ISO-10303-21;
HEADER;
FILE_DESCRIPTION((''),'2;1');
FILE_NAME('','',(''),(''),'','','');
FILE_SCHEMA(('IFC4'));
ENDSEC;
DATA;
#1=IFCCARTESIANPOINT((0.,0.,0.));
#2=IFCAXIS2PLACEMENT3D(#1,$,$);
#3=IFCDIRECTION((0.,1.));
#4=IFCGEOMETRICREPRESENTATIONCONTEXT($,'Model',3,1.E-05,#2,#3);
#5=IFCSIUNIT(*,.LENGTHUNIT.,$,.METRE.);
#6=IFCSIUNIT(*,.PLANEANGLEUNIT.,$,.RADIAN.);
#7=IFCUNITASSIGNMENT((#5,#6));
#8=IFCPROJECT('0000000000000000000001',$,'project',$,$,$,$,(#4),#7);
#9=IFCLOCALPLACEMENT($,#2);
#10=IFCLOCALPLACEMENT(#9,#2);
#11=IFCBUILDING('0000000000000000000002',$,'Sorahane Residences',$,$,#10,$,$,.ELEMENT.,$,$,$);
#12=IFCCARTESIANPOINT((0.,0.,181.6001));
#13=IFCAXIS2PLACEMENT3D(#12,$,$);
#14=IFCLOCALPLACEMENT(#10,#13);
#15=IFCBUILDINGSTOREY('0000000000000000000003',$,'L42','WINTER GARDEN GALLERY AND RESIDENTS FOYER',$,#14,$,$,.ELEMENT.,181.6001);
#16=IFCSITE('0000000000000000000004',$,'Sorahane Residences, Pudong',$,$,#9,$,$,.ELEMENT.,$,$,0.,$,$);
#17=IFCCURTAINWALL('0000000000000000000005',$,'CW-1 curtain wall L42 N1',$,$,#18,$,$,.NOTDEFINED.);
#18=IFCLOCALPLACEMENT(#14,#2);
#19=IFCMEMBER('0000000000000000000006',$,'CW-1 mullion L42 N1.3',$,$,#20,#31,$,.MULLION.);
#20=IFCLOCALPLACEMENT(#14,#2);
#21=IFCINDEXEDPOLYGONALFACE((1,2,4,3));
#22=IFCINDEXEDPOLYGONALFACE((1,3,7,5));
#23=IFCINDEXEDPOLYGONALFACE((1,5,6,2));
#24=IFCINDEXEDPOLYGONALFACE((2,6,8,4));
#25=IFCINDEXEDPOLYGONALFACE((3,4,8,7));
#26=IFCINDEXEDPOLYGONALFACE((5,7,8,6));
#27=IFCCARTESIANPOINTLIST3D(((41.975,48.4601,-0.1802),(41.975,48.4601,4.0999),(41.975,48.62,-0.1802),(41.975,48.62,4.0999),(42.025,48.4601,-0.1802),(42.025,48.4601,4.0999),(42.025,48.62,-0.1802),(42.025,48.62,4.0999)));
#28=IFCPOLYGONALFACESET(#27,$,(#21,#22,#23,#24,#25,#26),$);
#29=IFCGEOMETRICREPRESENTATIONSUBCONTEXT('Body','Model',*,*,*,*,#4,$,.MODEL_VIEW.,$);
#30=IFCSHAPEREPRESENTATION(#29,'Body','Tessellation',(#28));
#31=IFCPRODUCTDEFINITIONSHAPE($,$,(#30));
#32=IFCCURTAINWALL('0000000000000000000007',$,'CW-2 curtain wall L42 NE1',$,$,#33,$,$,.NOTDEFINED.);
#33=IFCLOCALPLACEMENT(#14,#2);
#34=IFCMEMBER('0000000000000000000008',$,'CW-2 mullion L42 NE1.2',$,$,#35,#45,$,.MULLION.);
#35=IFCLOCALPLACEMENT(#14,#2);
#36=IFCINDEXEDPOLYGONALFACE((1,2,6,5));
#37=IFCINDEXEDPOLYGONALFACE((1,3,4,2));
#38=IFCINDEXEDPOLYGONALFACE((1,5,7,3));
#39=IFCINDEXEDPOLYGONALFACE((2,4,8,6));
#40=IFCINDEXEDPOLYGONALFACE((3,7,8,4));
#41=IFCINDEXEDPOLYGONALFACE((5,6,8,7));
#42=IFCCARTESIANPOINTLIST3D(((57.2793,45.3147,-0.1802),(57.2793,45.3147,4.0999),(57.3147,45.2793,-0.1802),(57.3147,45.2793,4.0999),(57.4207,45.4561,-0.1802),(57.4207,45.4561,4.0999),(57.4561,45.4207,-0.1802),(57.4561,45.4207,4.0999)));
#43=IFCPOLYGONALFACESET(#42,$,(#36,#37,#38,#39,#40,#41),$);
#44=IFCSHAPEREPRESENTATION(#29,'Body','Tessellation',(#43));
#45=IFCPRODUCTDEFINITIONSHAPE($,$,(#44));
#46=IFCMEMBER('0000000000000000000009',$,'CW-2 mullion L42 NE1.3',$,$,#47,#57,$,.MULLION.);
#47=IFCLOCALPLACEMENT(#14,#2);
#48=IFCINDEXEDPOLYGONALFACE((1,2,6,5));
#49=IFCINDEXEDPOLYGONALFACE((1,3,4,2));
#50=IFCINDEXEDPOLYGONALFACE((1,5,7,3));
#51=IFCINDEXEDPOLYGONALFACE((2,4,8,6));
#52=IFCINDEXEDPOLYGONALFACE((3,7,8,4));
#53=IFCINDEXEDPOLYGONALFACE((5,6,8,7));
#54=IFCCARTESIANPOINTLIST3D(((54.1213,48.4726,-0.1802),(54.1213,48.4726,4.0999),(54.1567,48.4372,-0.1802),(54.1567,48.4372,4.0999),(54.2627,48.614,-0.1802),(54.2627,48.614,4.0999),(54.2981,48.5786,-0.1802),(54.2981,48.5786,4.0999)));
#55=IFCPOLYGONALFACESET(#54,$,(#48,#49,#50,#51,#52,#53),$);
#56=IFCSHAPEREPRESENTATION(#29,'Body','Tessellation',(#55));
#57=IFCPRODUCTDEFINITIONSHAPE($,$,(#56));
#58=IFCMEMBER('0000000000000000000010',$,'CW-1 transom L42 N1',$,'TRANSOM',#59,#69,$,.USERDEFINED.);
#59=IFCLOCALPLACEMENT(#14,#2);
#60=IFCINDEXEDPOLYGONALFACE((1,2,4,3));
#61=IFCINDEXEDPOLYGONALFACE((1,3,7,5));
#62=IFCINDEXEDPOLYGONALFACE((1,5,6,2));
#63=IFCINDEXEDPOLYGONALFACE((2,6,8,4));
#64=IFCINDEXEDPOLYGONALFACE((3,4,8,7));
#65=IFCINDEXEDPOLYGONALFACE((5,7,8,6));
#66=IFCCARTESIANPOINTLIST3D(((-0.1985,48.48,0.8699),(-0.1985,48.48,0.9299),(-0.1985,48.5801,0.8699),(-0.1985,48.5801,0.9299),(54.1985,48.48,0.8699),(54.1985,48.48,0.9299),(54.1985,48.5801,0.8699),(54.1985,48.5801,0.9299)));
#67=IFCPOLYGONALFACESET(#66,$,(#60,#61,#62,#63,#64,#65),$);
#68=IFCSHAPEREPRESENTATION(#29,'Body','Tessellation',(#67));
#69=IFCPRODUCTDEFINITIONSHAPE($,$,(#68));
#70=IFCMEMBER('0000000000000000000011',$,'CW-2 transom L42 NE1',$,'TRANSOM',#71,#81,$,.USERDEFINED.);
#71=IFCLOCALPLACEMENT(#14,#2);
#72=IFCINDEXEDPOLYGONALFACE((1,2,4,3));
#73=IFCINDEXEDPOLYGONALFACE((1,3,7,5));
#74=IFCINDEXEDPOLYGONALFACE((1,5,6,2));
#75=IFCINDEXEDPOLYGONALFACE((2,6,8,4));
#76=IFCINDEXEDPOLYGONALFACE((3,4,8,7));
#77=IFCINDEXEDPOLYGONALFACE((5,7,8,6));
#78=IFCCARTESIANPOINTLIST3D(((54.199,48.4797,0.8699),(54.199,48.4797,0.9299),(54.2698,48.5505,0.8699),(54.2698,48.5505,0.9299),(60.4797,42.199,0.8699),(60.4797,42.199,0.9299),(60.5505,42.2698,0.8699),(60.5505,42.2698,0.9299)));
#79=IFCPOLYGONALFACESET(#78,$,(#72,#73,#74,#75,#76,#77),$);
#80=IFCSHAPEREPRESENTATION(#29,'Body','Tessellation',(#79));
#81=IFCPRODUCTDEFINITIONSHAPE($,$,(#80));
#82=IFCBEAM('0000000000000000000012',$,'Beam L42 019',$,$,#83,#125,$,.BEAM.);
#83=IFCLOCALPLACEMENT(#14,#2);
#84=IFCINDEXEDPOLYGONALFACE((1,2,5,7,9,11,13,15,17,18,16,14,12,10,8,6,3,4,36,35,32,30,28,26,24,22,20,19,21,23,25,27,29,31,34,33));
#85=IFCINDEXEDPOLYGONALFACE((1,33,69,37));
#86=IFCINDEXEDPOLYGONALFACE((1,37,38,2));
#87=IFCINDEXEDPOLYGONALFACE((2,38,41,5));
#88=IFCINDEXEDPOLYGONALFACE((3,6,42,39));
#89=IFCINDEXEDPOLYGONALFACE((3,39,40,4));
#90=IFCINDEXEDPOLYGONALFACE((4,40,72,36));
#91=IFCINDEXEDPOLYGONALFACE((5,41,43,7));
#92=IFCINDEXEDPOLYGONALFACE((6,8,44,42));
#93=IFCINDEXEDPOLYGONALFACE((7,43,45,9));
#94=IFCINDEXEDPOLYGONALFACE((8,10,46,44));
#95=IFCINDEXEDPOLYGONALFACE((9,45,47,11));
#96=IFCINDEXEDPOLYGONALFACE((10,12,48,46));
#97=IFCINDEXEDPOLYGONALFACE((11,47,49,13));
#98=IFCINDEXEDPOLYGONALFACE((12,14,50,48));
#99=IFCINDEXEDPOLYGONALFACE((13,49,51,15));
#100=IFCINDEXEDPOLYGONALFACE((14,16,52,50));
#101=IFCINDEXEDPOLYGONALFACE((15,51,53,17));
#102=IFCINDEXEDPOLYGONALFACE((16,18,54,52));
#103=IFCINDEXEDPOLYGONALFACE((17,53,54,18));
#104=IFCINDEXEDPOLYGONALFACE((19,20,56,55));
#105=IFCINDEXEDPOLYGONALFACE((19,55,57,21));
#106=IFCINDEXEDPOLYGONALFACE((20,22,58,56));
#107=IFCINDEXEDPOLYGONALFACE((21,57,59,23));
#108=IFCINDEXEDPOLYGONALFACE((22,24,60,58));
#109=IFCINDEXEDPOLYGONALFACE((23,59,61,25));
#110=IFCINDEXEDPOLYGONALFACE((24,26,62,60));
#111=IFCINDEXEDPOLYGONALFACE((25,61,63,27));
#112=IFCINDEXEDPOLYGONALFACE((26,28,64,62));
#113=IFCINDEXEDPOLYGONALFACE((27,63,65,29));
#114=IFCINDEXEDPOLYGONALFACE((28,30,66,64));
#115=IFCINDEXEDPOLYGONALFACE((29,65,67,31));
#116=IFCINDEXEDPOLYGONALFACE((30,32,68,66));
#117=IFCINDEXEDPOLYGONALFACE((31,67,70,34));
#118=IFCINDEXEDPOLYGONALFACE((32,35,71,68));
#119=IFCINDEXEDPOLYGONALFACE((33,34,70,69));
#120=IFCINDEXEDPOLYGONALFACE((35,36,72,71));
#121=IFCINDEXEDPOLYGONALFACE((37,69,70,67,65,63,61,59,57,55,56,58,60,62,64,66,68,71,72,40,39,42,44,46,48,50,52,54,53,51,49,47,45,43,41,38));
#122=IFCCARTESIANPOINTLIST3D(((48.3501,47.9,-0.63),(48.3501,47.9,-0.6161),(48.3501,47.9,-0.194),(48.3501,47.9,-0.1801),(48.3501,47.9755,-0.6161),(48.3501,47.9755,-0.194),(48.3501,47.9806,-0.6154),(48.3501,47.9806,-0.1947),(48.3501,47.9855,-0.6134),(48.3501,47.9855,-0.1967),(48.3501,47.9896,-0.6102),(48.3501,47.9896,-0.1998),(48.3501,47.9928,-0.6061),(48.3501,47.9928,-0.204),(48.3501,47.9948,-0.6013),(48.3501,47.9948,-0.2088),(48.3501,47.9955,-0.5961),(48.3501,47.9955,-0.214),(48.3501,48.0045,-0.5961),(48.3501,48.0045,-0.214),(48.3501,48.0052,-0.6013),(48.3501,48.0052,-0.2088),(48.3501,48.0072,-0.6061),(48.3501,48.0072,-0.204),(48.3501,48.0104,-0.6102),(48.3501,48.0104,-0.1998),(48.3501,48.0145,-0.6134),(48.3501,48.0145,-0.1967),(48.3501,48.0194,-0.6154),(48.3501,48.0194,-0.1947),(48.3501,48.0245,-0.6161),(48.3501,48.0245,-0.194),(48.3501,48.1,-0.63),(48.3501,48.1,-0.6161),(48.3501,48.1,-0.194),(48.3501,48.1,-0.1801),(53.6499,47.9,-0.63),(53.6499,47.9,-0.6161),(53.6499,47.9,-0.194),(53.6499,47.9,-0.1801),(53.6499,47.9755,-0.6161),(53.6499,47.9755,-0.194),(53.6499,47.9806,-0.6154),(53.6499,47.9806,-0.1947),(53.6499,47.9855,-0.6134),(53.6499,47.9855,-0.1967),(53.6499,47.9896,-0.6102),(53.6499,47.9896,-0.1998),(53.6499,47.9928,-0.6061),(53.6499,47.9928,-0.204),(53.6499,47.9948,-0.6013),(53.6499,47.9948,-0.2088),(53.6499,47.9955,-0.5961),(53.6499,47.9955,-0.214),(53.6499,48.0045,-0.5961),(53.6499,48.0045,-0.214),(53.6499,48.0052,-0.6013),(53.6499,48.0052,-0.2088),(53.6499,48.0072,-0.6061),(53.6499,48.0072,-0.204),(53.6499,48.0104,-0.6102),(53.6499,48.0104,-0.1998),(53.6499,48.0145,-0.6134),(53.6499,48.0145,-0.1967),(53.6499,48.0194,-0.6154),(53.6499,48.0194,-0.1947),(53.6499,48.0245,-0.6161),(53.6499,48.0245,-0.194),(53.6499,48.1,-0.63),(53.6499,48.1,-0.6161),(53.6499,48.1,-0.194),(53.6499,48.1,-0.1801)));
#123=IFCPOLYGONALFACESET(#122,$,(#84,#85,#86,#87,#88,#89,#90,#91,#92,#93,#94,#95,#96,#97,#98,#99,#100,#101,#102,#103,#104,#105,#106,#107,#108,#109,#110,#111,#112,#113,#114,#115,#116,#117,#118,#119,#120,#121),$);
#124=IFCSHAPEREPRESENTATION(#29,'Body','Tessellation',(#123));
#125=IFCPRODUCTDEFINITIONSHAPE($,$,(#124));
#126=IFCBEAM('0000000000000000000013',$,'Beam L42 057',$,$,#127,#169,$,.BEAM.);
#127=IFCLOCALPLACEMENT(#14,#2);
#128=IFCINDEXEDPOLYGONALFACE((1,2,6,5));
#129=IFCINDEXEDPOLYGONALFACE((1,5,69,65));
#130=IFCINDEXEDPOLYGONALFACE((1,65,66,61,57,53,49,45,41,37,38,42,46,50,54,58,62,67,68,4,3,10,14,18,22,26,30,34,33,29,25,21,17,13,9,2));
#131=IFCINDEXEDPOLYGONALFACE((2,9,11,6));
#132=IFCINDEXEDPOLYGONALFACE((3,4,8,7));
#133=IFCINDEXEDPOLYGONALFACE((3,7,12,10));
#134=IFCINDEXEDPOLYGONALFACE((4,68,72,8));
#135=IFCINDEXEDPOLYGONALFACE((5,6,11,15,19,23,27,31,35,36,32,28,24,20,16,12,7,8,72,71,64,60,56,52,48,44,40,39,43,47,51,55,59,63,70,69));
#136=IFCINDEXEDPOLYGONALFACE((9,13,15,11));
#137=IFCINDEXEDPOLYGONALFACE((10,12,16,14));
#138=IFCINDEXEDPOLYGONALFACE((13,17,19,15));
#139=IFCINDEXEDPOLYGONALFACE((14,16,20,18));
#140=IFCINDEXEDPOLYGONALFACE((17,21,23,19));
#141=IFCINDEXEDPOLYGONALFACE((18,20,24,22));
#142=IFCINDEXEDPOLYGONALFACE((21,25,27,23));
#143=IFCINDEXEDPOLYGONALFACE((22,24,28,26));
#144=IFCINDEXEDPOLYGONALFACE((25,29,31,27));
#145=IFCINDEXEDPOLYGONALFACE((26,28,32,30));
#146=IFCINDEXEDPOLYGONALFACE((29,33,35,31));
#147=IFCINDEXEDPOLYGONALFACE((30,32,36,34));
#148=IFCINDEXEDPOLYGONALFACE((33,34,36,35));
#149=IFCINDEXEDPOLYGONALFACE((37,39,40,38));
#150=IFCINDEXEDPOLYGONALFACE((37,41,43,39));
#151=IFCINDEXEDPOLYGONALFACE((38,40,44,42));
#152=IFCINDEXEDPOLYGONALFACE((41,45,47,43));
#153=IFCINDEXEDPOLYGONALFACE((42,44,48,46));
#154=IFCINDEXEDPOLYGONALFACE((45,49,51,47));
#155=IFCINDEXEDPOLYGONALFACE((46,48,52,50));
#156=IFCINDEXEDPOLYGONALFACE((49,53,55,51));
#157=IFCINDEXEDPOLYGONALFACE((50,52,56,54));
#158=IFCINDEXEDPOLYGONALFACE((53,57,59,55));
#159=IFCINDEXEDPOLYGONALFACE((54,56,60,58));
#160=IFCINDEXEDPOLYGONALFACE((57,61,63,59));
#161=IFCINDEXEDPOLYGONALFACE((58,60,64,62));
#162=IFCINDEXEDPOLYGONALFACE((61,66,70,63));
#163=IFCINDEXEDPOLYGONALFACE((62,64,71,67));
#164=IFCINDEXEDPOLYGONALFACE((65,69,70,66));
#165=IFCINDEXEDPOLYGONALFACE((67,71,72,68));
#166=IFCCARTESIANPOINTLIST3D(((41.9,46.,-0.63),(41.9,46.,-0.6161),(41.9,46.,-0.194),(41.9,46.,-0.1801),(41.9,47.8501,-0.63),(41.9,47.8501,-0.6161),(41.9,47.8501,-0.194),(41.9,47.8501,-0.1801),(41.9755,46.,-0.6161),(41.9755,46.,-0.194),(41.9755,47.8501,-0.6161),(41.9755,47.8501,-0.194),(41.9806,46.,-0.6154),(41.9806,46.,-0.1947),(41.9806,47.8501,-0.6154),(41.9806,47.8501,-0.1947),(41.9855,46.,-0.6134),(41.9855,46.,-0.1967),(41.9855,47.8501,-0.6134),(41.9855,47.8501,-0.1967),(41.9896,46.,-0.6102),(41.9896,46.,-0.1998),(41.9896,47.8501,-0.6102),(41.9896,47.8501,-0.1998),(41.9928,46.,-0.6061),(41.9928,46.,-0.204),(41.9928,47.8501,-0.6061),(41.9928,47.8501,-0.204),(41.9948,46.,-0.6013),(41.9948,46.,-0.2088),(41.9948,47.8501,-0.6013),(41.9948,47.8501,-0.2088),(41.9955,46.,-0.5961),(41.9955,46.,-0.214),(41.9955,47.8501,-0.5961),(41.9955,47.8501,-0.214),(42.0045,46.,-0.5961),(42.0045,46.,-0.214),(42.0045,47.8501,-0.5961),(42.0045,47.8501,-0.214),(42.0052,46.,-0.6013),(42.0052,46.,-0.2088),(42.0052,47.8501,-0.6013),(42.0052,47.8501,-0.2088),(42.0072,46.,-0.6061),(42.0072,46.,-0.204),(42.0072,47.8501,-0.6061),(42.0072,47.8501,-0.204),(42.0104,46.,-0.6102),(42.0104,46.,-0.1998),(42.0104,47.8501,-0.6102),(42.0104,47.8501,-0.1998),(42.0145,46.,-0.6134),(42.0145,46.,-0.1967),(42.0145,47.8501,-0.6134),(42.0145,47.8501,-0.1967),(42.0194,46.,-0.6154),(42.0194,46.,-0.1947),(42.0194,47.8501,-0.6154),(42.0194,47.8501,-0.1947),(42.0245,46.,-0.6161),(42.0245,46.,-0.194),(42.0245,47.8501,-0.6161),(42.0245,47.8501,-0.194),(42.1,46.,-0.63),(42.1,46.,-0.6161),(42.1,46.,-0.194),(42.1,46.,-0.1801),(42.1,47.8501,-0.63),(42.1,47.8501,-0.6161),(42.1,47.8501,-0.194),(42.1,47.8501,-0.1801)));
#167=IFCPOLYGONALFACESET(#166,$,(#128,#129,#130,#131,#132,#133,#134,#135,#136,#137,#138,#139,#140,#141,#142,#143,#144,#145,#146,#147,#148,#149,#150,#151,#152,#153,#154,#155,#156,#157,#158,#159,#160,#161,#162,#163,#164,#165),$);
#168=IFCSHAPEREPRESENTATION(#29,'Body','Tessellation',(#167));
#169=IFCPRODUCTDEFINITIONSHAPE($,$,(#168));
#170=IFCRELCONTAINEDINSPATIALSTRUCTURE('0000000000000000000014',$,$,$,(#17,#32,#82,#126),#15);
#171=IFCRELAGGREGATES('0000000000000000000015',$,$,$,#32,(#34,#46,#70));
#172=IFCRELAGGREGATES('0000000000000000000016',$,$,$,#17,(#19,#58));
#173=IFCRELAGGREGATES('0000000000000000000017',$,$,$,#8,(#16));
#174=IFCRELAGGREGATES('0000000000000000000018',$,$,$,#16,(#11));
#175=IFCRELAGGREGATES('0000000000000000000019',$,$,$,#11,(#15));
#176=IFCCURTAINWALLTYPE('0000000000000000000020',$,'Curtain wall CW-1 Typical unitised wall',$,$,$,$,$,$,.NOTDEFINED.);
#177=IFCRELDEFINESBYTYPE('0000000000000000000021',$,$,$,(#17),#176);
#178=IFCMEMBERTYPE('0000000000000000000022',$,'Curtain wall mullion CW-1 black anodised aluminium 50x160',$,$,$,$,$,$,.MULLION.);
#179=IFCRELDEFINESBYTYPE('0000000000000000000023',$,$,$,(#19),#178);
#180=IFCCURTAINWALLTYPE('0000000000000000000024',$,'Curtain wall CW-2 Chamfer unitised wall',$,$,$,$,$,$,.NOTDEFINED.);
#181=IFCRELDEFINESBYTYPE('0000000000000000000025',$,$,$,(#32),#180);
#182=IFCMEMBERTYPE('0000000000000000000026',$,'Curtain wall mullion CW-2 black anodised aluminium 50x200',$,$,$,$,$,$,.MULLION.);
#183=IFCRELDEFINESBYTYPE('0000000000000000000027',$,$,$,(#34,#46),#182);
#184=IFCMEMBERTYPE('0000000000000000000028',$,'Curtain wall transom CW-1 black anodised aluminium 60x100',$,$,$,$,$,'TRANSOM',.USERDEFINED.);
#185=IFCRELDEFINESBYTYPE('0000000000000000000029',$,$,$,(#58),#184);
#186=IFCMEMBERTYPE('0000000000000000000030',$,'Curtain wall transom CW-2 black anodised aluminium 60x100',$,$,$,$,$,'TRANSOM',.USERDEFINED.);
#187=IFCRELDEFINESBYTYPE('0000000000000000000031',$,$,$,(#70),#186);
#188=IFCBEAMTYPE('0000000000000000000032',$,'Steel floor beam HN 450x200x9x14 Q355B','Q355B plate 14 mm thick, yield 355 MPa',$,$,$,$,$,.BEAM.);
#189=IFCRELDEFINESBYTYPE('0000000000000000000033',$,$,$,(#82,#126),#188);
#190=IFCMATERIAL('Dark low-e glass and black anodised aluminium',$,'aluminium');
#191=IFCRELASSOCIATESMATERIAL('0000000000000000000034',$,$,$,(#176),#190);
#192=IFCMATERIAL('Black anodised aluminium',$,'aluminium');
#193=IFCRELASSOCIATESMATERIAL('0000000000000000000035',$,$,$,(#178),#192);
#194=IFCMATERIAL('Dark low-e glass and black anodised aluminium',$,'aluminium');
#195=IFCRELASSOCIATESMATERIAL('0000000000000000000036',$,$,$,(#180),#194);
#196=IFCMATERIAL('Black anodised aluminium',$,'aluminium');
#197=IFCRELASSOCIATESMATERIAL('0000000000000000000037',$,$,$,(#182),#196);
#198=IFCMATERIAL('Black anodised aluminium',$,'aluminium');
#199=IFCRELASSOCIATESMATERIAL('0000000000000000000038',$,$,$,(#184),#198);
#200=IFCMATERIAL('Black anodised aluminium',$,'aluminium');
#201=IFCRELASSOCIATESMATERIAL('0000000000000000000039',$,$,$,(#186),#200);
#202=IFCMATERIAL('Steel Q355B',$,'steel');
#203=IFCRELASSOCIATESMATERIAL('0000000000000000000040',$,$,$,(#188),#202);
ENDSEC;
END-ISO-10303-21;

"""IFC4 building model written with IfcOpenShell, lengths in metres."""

from ifc_helpers import new_model, si_unit, direction, frame, origin, origin_2d, place, context, subcontext, project, spatial, rectangle, i_section, extrude, material, material_profile, profile_set, type_object, element, aggregate, save


model = new_model("IFC4")

# Units and contexts
model_context = context("Model", 3, precision=1e-05, world=origin(), true_north=direction((0.0, 1.0)))
body_context = subcontext(model_context, "Body", "Model", "MODEL_VIEW")
ifc_project = project(units=[si_unit("LENGTHUNIT", "METRE"), si_unit("PLANEANGLEUNIT", "RADIAN")], contexts=[model_context])

# Site, building, storey
site_placement = place(None, origin())
site = spatial("IfcSite", under=ifc_project, at=site_placement, Name="Sorahane Residences, Pudong", CompositionType="ELEMENT", RefElevation=0.0)
building_placement = place(site_placement, origin())
building = spatial("IfcBuilding", under=site, at=building_placement, Name="Sorahane Residences", CompositionType="ELEMENT")
storey_placement = place(building_placement, frame((0.0, 0.0, 181.6001)))
storey = spatial("IfcBuildingStorey", under=building, at=storey_placement, Name="L42", Description="WINTER GARDEN GALLERY AND RESIDENTS FOYER", CompositionType="ELEMENT", Elevation=181.6001)

# Shared definitions
ifc_material_1 = material(Name="Dark low-e glass and black anodised aluminium", Category="aluminium")
curtain_wall_type_1 = type_object("IfcCurtainWallType", Name="Curtain wall CW-1 Typical unitised wall", PredefinedType="NOTDEFINED", material=ifc_material_1)
ifc_material_2 = material(Name="Black anodised aluminium", Category="aluminium")
ifc_material_profile_1 = material_profile(ifc_material_2, rectangle(XDim=0.1599, YDim=0.05, at=origin_2d()), Name="Curtain wall mullion CW-1 black anodised aluminium 50x160")
ifc_profile_set_1 = profile_set([ifc_material_profile_1], Name="Black anodised aluminium")
member_type_1 = type_object("IfcMemberType", Name="Curtain wall mullion CW-1 black anodised aluminium 50x160", PredefinedType="MULLION", material=ifc_profile_set_1)

# Curtain walls, members
curtain_wall_1_placement = place(storey_placement, origin())
curtain_wall_1 = element("IfcCurtainWall", 1, at=curtain_wall_1_placement, inside=storey, type_object=curtain_wall_type_1, Name="CW-1 curtain wall L42 N1", PredefinedType="NOTDEFINED")
member_1_placement = place(storey_placement, frame((42.0, 48.54, -0.1802), z_axis=(0.0, 0.0, 1.0), x_axis=(0.0, 1.0, 0.0)))
member_1 = element("IfcMember", 2, at=member_1_placement, type_object=member_type_1, Name="CW-1 mullion L42 N1.3", PredefinedType="MULLION", context=body_context, shape_type="SweptSolid", body=[
    extrude(rectangle(XDim=0.1599, YDim=0.05, at=origin_2d()), origin(), (0.0, 0.0, 1.0), 4.28),
])
ifc_material_3 = material(Name="Dark low-e glass and black anodised aluminium", Category="aluminium")
curtain_wall_type_2 = type_object("IfcCurtainWallType", Name="Curtain wall CW-2 Chamfer unitised wall", PredefinedType="NOTDEFINED", material=ifc_material_3)
curtain_wall_2_placement = place(storey_placement, origin())
curtain_wall_2 = element("IfcCurtainWall", 3, at=curtain_wall_2_placement, inside=storey, type_object=curtain_wall_type_2, Name="CW-2 curtain wall L42 NE1", PredefinedType="NOTDEFINED")
ifc_material_4 = material(Name="Black anodised aluminium", Category="aluminium")
ifc_material_profile_2 = material_profile(ifc_material_4, rectangle(XDim=0.2, YDim=0.05, at=origin_2d()), Name="Curtain wall mullion CW-2 black anodised aluminium 50x200")
ifc_profile_set_2 = profile_set([ifc_material_profile_2], Name="Black anodised aluminium")
member_type_2 = type_object("IfcMemberType", Name="Curtain wall mullion CW-2 black anodised aluminium 50x200", PredefinedType="MULLION", material=ifc_profile_set_2)
member_2_placement = place(storey_placement, frame((57.3677, 45.3677, -0.1802), z_axis=(0.0, 0.0, 1.0), x_axis=(0.707107, 0.707107, 0.0)))
member_2 = element("IfcMember", 4, at=member_2_placement, type_object=member_type_2, Name="CW-2 mullion L42 NE1.2", PredefinedType="MULLION", context=body_context, shape_type="SweptSolid", body=[
    extrude(rectangle(XDim=0.2, YDim=0.05, at=origin_2d()), origin(), (0.0, 0.0, 1.0), 4.28),
])
member_3_placement = place(storey_placement, frame((54.2097, 48.5256, -0.1802), z_axis=(0.0, 0.0, 1.0), x_axis=(0.707107, 0.707107, 0.0)))
member_3 = element("IfcMember", 5, at=member_3_placement, type_object=member_type_2, Name="CW-2 mullion L42 NE1.3", PredefinedType="MULLION", context=body_context, shape_type="SweptSolid", body=[
    extrude(rectangle(XDim=0.2, YDim=0.05, at=origin_2d()), origin(), (0.0, 0.0, 1.0), 4.28),
])

# Members
ifc_material_5 = material(Name="Black anodised aluminium", Category="aluminium")
ifc_material_profile_3 = material_profile(ifc_material_5, rectangle(XDim=0.1001, YDim=0.0601, at=origin_2d()), Name="Curtain wall transom CW-1 black anodised aluminium 60x100")
ifc_profile_set_3 = profile_set([ifc_material_profile_3], Name="Black anodised aluminium")
member_type_3 = type_object("IfcMemberType", Name="Curtain wall transom CW-1 black anodised aluminium 60x100", ElementType="TRANSOM", PredefinedType="USERDEFINED", material=ifc_profile_set_3)
member_4_placement = place(storey_placement, frame((54.1985, 48.53, 0.8999), z_axis=(-1.0, 0.0, 0.0), x_axis=(0.0, -1.0, 0.0)))
member_4 = element("IfcMember", 6, at=member_4_placement, type_object=member_type_3, Name="CW-1 transom L42 N1", ObjectType="TRANSOM", PredefinedType="USERDEFINED", context=body_context, shape_type="SweptSolid", body=[
    extrude(rectangle(XDim=0.1001, YDim=0.0601, at=origin_2d()), origin(), (0.0, 0.0, 1.0), 54.397),
])
ifc_material_6 = material(Name="Black anodised aluminium", Category="aluminium")
ifc_material_profile_4 = material_profile(ifc_material_6, rectangle(XDim=0.1001, YDim=0.0601, at=origin_2d()), Name="Curtain wall transom CW-2 black anodised aluminium 60x100")
ifc_profile_set_4 = profile_set([ifc_material_profile_4], Name="Black anodised aluminium")
member_type_4 = type_object("IfcMemberType", Name="Curtain wall transom CW-2 black anodised aluminium 60x100", ElementType="TRANSOM", PredefinedType="USERDEFINED", material=ifc_profile_set_4)
member_5_placement = place(storey_placement, frame((60.5151, 42.2344, 0.8999), z_axis=(-0.707107, 0.707107, 0.0), x_axis=(-0.707107, -0.707107, 0.0)))
member_5 = element("IfcMember", 7, at=member_5_placement, type_object=member_type_4, Name="CW-2 transom L42 NE1", ObjectType="TRANSOM", PredefinedType="USERDEFINED", context=body_context, shape_type="SweptSolid", body=[
    extrude(rectangle(XDim=0.1001, YDim=0.0601, at=origin_2d()), origin(), (0.0, 0.0, 1.0), 8.8823),
])

# Beams
ifc_material_7 = material(Name="Steel Q355B", Category="steel")
ifc_material_profile_5 = material_profile(ifc_material_7, i_section(OverallWidth=0.2, OverallDepth=0.45, WebThickness=0.009, FlangeThickness=0.0139, FilletRadius=0.02, at=origin_2d()), Name="HN 450x200x9x14")
ifc_profile_set_5 = profile_set([ifc_material_profile_5], Name="Steel Q355B")
beam_type_1 = type_object("IfcBeamType", Name="Steel floor beam HN 450x200x9x14 Q355B", Description="Q355B plate 14 mm thick, yield 355 MPa", PredefinedType="BEAM", material=ifc_profile_set_5)
beam_1_placement = place(storey_placement, frame((48.3501, 48.0, -0.405), z_axis=(1.0, 0.0, 0.0), x_axis=(0.0, 1.0, 0.0)))
element("IfcBeam", 8, at=beam_1_placement, inside=storey, type_object=beam_type_1, Name="Beam L42 019", PredefinedType="BEAM", context=body_context, shape_type="SweptSolid", body=[
    extrude(i_section(OverallWidth=0.2, OverallDepth=0.45, WebThickness=0.009, FlangeThickness=0.0139, FilletRadius=0.02, at=origin_2d()), origin(), (0.0, 0.0, 1.0), 5.2998),
])
beam_2_placement = place(storey_placement, frame((42.0, 46.0, -0.405), z_axis=(0.0, 1.0, 0.0), x_axis=(-1.0, 0.0, 0.0)))
element("IfcBeam", 9, at=beam_2_placement, inside=storey, type_object=beam_type_1, Name="Beam L42 057", PredefinedType="BEAM", context=body_context, shape_type="SweptSolid", body=[
    extrude(i_section(OverallWidth=0.2, OverallDepth=0.45, WebThickness=0.009, FlangeThickness=0.0139, FilletRadius=0.02, at=origin_2d()), origin(), (0.0, 0.0, 1.0), 1.8501),
])

aggregate(curtain_wall_2, [member_2, member_3, member_5])
aggregate(curtain_wall_1, [member_1, member_4])

save(model, "model.ifc")
